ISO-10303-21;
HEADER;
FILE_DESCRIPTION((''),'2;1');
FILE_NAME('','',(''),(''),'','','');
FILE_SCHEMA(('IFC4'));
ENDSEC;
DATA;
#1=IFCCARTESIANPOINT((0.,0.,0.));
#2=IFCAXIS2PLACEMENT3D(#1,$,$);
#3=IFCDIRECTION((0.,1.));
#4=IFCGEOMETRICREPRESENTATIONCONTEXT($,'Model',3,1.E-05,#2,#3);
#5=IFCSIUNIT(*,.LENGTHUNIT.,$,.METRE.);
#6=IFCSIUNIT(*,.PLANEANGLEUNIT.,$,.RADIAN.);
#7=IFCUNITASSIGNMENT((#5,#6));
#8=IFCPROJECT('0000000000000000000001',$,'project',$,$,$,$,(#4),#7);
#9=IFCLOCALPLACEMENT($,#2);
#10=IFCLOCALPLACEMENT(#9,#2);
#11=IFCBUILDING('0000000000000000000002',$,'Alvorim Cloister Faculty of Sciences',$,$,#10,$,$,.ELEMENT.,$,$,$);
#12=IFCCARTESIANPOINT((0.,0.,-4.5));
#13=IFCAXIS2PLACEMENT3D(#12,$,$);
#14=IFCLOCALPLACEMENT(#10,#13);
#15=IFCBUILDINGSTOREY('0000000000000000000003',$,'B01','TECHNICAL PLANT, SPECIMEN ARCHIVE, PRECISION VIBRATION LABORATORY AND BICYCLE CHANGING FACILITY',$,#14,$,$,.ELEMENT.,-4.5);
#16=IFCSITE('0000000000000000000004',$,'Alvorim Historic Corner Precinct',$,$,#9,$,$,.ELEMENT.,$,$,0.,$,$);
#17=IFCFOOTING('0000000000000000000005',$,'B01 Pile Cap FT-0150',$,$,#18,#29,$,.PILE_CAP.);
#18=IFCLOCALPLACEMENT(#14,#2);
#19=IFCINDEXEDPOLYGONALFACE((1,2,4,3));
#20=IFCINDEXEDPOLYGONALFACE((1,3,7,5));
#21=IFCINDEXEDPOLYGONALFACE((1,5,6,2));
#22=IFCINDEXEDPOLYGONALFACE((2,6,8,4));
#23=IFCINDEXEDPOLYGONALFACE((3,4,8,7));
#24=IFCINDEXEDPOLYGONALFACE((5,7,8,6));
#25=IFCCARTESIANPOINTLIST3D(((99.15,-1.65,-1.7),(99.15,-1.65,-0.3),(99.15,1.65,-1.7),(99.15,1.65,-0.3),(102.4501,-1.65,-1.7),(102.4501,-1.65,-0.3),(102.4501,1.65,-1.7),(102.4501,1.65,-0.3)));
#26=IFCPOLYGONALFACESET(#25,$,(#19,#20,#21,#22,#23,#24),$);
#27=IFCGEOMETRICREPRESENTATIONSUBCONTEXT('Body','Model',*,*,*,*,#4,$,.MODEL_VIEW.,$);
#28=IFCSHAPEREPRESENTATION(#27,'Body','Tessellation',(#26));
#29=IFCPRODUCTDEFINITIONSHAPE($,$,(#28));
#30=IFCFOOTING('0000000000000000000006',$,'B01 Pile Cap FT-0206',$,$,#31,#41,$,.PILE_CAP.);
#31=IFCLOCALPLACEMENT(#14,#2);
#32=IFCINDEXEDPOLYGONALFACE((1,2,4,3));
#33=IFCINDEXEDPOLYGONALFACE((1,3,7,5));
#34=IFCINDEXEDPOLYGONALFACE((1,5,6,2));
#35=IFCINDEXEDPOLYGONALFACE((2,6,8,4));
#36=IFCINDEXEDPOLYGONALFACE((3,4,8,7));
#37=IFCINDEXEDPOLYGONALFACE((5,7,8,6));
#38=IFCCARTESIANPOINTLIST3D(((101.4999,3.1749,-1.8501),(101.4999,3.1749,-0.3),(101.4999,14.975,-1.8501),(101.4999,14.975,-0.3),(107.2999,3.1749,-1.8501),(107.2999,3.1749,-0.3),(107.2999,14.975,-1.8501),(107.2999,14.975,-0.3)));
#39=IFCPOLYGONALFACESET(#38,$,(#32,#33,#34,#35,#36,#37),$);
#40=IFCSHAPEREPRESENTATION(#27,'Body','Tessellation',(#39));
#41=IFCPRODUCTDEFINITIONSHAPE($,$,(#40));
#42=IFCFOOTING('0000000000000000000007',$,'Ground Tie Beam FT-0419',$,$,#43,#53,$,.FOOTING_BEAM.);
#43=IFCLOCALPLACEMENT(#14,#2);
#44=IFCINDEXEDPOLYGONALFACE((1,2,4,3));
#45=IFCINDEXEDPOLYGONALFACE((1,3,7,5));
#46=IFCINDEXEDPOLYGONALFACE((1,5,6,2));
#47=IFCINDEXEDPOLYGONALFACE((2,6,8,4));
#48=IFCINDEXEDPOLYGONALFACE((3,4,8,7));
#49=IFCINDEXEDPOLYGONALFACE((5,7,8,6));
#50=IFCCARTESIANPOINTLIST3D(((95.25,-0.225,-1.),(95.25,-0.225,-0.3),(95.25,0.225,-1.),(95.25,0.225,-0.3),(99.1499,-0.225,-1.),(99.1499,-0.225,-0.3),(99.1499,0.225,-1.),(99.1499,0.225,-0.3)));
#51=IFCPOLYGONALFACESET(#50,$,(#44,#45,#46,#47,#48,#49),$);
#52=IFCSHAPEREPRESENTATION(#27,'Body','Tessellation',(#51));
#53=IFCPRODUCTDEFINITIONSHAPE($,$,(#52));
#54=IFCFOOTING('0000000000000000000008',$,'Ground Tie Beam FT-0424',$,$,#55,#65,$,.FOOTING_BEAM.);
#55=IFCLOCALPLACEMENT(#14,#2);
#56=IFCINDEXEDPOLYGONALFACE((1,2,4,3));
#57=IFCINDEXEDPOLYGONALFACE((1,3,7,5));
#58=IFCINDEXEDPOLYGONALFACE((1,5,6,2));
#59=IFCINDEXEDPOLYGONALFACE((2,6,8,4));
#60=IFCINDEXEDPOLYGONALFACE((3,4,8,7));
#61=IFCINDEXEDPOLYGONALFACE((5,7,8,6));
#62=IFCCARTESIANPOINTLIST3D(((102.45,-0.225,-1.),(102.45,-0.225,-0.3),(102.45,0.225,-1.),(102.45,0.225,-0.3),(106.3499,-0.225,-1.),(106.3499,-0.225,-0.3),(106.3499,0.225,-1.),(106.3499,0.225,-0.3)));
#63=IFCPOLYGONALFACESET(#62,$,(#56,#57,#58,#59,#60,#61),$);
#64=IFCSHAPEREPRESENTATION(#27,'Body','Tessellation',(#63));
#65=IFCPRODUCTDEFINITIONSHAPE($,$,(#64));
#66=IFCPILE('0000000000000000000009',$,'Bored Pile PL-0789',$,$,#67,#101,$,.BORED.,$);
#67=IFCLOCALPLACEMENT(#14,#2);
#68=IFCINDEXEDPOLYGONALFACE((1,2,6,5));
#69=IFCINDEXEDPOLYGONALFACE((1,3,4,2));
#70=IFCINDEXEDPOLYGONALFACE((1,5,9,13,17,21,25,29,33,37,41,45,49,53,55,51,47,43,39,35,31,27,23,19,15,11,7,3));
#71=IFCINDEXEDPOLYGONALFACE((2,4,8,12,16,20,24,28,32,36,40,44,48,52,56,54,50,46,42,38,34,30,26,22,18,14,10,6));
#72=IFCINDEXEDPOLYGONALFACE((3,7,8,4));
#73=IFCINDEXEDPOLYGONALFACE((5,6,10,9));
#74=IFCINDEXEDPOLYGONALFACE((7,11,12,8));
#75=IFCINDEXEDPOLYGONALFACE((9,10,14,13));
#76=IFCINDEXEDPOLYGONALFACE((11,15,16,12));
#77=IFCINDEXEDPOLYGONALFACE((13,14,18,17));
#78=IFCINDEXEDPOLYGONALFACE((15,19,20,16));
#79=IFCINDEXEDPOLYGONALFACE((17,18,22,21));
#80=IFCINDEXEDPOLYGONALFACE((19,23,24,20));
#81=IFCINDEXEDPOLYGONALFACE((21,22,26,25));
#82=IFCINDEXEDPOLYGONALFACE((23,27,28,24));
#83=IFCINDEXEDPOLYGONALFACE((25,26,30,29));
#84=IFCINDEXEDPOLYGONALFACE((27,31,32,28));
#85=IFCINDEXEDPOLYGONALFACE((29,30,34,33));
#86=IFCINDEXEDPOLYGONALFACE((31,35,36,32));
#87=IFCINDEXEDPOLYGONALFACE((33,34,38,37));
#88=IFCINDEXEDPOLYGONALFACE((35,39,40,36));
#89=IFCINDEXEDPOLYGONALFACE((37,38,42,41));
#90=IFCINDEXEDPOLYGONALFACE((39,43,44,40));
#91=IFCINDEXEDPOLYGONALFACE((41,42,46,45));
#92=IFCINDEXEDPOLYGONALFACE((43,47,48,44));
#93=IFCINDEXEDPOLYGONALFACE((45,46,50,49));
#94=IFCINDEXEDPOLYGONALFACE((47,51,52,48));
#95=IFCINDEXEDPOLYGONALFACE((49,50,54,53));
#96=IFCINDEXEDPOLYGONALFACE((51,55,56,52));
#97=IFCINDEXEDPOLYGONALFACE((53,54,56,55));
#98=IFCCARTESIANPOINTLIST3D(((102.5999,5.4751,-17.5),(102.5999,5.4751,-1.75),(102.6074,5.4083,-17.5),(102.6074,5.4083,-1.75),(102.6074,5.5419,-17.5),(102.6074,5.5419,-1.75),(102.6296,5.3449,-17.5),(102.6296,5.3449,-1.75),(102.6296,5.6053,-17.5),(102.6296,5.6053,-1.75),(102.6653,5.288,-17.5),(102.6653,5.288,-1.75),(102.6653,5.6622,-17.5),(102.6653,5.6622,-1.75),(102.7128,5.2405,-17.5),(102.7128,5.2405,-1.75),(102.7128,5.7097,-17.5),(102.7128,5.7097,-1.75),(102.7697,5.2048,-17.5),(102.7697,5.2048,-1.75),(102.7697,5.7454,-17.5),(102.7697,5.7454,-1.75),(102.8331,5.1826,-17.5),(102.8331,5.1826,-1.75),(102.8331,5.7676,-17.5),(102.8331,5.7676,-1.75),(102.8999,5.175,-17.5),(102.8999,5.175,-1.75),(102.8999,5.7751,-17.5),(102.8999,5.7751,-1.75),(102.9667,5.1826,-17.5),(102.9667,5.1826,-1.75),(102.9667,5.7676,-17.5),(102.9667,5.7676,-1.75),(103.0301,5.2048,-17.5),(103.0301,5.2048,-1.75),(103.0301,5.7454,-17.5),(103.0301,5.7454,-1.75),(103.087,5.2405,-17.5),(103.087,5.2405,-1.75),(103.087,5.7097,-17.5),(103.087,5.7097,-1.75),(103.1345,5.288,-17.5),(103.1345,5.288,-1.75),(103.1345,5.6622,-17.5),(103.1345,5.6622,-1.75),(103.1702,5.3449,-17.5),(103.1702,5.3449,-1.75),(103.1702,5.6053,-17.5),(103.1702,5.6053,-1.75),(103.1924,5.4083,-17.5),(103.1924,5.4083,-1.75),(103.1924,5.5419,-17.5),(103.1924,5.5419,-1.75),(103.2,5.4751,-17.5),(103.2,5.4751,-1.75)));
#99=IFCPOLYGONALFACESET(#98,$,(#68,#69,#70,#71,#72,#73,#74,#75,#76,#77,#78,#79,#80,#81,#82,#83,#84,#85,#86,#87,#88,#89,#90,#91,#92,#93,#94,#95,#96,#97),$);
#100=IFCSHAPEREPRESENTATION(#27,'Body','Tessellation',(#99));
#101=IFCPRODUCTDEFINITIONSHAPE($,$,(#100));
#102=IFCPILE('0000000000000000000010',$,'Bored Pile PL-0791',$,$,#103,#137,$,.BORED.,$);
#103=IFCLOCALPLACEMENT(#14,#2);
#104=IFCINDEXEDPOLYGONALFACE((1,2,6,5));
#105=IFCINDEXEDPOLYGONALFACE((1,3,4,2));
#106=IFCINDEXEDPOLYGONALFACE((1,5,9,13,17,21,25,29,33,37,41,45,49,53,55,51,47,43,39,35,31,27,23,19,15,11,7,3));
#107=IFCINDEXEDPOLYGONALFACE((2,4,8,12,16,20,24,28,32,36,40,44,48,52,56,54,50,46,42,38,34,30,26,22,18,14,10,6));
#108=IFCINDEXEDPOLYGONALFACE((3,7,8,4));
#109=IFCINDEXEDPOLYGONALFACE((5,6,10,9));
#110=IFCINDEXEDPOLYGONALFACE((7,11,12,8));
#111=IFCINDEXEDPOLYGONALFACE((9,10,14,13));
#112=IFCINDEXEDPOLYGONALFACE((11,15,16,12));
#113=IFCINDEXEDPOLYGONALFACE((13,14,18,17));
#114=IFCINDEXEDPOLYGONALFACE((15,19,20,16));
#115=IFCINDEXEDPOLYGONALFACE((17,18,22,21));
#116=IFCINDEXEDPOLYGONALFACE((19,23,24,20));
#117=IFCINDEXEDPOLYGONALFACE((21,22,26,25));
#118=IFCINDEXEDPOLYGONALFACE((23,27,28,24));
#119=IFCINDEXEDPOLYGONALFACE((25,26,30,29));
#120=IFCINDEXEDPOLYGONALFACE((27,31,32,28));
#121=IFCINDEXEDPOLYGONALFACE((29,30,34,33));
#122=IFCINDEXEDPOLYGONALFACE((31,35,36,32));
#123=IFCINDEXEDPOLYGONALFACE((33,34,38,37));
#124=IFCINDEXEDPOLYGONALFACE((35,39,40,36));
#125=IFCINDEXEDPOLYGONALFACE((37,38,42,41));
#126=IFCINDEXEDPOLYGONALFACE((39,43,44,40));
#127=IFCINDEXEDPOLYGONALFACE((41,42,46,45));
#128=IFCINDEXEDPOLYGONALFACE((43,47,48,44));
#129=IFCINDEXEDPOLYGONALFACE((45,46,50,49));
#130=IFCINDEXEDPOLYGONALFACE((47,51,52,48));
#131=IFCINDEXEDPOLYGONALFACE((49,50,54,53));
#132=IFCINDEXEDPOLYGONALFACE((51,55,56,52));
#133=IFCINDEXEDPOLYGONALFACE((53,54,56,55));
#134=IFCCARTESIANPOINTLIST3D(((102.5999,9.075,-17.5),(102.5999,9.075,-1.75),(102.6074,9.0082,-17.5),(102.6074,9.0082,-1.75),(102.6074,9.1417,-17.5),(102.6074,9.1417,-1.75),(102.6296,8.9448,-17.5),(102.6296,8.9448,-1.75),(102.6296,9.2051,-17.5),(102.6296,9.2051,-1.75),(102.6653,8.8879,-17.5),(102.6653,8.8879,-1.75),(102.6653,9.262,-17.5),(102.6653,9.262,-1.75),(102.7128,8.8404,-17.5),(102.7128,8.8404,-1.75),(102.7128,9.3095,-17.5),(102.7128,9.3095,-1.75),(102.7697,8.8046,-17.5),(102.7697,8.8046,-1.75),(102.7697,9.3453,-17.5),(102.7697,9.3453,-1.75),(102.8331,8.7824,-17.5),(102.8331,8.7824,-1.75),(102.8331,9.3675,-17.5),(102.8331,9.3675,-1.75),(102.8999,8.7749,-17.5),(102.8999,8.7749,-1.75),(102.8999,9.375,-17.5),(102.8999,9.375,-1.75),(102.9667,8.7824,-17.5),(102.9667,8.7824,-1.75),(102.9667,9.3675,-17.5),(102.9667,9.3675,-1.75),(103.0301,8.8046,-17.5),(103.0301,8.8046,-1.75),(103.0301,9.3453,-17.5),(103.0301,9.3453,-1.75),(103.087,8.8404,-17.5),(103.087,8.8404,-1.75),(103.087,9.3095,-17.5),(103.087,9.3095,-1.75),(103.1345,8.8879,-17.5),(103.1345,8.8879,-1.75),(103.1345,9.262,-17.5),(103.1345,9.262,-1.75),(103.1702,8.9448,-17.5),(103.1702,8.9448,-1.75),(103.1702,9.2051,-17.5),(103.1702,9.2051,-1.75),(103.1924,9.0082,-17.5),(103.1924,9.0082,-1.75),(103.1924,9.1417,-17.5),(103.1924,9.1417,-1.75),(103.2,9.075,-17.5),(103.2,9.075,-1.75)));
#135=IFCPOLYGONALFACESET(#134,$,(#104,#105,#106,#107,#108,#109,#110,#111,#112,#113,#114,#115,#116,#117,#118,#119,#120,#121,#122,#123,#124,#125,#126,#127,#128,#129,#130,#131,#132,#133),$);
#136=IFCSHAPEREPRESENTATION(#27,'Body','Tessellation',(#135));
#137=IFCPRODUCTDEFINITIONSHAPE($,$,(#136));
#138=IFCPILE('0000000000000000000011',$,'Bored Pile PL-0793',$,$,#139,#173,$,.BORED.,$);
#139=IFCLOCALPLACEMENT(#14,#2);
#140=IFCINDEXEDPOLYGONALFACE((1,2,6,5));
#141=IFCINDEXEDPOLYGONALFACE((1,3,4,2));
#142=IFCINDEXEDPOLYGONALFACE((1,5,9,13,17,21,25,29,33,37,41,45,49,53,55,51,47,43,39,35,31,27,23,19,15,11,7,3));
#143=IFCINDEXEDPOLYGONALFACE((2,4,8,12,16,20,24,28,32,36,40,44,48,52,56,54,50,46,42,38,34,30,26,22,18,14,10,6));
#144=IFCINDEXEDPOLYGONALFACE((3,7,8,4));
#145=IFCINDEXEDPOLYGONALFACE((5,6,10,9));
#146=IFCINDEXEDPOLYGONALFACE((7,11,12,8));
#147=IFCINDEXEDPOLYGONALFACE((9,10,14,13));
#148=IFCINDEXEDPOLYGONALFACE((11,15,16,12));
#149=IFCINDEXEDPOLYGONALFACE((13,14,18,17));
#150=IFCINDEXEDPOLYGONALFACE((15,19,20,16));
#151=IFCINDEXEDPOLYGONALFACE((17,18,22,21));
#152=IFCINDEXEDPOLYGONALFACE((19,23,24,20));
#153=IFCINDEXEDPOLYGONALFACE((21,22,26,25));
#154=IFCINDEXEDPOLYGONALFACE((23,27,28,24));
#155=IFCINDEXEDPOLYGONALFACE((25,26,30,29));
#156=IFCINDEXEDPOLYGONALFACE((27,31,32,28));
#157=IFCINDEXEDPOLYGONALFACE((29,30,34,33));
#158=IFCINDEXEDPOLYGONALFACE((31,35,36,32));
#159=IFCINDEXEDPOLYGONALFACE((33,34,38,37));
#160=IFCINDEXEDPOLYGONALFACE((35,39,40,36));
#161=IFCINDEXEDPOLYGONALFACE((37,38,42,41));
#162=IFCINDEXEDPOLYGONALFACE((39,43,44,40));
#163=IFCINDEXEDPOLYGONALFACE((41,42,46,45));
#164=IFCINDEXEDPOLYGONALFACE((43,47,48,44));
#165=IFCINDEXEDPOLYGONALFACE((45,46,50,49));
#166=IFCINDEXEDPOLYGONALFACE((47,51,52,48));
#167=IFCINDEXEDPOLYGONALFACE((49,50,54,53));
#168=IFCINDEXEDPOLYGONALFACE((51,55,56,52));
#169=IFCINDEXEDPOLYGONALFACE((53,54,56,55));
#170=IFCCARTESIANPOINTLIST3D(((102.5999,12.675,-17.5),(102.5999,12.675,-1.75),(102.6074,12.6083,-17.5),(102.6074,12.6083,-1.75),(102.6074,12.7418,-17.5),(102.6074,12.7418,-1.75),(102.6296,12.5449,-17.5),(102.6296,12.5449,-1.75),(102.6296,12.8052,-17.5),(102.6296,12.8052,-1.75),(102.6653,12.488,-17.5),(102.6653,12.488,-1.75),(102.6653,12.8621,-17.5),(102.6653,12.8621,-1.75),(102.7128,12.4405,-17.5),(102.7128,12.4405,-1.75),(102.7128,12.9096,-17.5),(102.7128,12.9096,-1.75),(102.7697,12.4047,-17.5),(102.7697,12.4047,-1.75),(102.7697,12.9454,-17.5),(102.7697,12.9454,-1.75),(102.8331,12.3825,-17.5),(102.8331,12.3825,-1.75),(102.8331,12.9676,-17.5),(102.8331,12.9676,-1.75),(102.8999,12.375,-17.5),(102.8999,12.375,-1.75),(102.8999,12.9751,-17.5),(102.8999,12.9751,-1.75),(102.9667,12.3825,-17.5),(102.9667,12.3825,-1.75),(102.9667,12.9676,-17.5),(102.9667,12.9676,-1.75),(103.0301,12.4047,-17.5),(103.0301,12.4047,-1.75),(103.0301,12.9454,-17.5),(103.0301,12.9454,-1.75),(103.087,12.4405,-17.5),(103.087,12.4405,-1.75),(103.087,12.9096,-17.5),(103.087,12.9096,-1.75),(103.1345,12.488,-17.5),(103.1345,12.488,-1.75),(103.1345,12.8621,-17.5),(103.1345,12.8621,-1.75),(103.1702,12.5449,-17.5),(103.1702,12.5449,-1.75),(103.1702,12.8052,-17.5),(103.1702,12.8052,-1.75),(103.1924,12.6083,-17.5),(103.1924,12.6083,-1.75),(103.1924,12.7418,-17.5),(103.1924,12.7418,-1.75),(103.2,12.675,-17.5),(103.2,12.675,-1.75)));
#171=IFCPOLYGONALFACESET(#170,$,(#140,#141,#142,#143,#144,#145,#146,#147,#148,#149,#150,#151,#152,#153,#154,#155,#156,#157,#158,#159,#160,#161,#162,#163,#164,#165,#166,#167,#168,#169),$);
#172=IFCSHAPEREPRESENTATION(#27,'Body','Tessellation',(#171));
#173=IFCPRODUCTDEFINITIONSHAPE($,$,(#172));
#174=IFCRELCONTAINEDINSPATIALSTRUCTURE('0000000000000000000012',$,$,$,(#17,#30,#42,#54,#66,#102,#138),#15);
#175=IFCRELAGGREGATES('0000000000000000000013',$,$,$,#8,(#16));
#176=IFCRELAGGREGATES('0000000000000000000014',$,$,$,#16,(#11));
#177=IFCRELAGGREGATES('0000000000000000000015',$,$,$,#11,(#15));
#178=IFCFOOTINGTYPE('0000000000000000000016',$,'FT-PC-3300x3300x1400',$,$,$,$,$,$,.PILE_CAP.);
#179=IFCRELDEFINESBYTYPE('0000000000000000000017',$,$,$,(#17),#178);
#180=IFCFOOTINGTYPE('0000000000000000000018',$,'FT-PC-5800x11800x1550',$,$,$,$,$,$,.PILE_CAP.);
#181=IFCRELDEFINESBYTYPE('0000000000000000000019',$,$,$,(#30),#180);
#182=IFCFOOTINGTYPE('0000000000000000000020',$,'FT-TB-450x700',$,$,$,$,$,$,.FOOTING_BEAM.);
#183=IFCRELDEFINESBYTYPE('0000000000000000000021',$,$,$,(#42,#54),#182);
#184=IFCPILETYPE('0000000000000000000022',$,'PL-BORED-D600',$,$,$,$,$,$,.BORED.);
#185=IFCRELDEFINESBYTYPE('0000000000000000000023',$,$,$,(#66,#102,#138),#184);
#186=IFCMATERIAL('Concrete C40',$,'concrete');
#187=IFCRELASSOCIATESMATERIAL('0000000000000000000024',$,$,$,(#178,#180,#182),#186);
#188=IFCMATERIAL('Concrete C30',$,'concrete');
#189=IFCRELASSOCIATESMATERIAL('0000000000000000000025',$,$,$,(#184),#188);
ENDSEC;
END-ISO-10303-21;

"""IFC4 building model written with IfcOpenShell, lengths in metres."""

from ifc_helpers import new_model, si_unit, direction, frame, origin, origin_2d, place, context, subcontext, project, spatial, rectangle, circle, extrude, material, material_profile, profile_set, type_object, element, save


model = new_model("IFC4")

# Units and contexts
model_context = context("Model", 3, precision=1e-05, world=origin(), true_north=direction((0.0, 1.0)))
body_context = subcontext(model_context, "Body", "Model", "MODEL_VIEW")
ifc_project = project(units=[si_unit("LENGTHUNIT", "METRE"), si_unit("PLANEANGLEUNIT", "RADIAN")], contexts=[model_context])

# Site, building, storey
site_placement = place(None, origin())
site = spatial("IfcSite", under=ifc_project, at=site_placement, Name="Alvorim Historic Corner Precinct", CompositionType="ELEMENT", RefElevation=0.0)
building_placement = place(site_placement, origin())
building = spatial("IfcBuilding", under=site, at=building_placement, Name="Alvorim Cloister Faculty of Sciences", CompositionType="ELEMENT")
storey_placement = place(building_placement, frame((0.0, 0.0, -4.5)))
storey = spatial("IfcBuildingStorey", under=building, at=storey_placement, Name="B01", Description="TECHNICAL PLANT, SPECIMEN ARCHIVE, PRECISION VIBRATION LABORATORY AND BICYCLE CHANGING FACILITY", CompositionType="ELEMENT", Elevation=-4.5)

# Footings
ifc_material_1 = material(Name="Concrete C40", Category="concrete")
footing_type_1 = type_object("IfcFootingType", Name="FT-PC-3300x3300x1400", PredefinedType="PILE_CAP", material=ifc_material_1)
footing_1_placement = place(storey_placement, frame((100.8, 0.0, -1.7), z_axis=(0.0, 0.0, 1.0), x_axis=(1.0, 0.0, 0.0)))
element("IfcFooting", 1, at=footing_1_placement, inside=storey, type_object=footing_type_1, Name="B01 Pile Cap FT-0150", PredefinedType="PILE_CAP", context=body_context, shape_type="SweptSolid", body=[
    extrude(rectangle(XDim=3.3, YDim=3.3, at=origin_2d()), origin(), (0.0, 0.0, 1.0), 1.3999),
])
footing_type_2 = type_object("IfcFootingType", Name="FT-PC-5800x11800x1550", PredefinedType="PILE_CAP", material=ifc_material_1)
footing_2_placement = place(storey_placement, frame((104.3999, 9.075, -1.8501), z_axis=(0.0, 0.0, 1.0), x_axis=(1.0, 0.0, 0.0)))
element("IfcFooting", 2, at=footing_2_placement, inside=storey, type_object=footing_type_2, Name="B01 Pile Cap FT-0206", PredefinedType="PILE_CAP", context=body_context, shape_type="SweptSolid", body=[
    extrude(rectangle(XDim=5.8, YDim=11.8, at=origin_2d()), origin(), (0.0, 0.0, 1.0), 1.55),
])
footing_type_3 = type_object("IfcFootingType", Name="FT-TB-450x700", PredefinedType="FOOTING_BEAM", material=ifc_material_1)
for number, where, z_axis, x_axis, name in (
    (3, (97.2, 0.0, -1.0), (0.0, 0.0, 1.0), (1.0, 0.0, 0.0), "Ground Tie Beam FT-0419"),
    (4, (104.3999, 0.0, -1.0), (0.0, 0.0, 1.0), (1.0, 0.0, 0.0), "Ground Tie Beam FT-0424"),
):
    element("IfcFooting", number, at=place(storey_placement, frame(where, z_axis=z_axis, x_axis=x_axis)), inside=storey, type_object=footing_type_3, Name=name, PredefinedType="FOOTING_BEAM", context=body_context, shape_type="SweptSolid", body=[
        extrude(rectangle(XDim=3.8999, YDim=0.45, at=origin_2d()), origin(), (0.0, 0.0, 1.0), 0.7),
    ])

# Piles
ifc_material_2 = material(Name="Concrete C30", Category="concrete")
ifc_material_profile_1 = material_profile(ifc_material_2, circle(Radius=0.3, at=origin_2d()), Name="PILE-D600")
ifc_profile_set_1 = profile_set([ifc_material_profile_1], Name="Concrete C30")
pile_type_1 = type_object("IfcPileType", Name="PL-BORED-D600", PredefinedType="BORED", material=ifc_profile_set_1)
for number, where, z_axis, x_axis, name in (
    (5, (102.8999, 5.4751, -1.75), (0.0, 0.0, -1.0), (1.0, 0.0, 0.0), "Bored Pile PL-0789"),
    (6, (102.8999, 9.075, -1.75), (0.0, 0.0, -1.0), (1.0, 0.0, 0.0), "Bored Pile PL-0791"),
    (7, (102.8999, 12.675, -1.75), (0.0, 0.0, -1.0), (1.0, 0.0, 0.0), "Bored Pile PL-0793"),
):
    element("IfcPile", number, at=place(storey_placement, frame(where, z_axis=z_axis, x_axis=x_axis)), inside=storey, type_object=pile_type_1, Name=name, PredefinedType="BORED", context=body_context, shape_type="SweptSolid", body=[
        extrude(circle(Radius=0.3, at=origin_2d()), origin(), (0.0, 0.0, 1.0), 15.75),
    ])

save(model, "model.ifc")
